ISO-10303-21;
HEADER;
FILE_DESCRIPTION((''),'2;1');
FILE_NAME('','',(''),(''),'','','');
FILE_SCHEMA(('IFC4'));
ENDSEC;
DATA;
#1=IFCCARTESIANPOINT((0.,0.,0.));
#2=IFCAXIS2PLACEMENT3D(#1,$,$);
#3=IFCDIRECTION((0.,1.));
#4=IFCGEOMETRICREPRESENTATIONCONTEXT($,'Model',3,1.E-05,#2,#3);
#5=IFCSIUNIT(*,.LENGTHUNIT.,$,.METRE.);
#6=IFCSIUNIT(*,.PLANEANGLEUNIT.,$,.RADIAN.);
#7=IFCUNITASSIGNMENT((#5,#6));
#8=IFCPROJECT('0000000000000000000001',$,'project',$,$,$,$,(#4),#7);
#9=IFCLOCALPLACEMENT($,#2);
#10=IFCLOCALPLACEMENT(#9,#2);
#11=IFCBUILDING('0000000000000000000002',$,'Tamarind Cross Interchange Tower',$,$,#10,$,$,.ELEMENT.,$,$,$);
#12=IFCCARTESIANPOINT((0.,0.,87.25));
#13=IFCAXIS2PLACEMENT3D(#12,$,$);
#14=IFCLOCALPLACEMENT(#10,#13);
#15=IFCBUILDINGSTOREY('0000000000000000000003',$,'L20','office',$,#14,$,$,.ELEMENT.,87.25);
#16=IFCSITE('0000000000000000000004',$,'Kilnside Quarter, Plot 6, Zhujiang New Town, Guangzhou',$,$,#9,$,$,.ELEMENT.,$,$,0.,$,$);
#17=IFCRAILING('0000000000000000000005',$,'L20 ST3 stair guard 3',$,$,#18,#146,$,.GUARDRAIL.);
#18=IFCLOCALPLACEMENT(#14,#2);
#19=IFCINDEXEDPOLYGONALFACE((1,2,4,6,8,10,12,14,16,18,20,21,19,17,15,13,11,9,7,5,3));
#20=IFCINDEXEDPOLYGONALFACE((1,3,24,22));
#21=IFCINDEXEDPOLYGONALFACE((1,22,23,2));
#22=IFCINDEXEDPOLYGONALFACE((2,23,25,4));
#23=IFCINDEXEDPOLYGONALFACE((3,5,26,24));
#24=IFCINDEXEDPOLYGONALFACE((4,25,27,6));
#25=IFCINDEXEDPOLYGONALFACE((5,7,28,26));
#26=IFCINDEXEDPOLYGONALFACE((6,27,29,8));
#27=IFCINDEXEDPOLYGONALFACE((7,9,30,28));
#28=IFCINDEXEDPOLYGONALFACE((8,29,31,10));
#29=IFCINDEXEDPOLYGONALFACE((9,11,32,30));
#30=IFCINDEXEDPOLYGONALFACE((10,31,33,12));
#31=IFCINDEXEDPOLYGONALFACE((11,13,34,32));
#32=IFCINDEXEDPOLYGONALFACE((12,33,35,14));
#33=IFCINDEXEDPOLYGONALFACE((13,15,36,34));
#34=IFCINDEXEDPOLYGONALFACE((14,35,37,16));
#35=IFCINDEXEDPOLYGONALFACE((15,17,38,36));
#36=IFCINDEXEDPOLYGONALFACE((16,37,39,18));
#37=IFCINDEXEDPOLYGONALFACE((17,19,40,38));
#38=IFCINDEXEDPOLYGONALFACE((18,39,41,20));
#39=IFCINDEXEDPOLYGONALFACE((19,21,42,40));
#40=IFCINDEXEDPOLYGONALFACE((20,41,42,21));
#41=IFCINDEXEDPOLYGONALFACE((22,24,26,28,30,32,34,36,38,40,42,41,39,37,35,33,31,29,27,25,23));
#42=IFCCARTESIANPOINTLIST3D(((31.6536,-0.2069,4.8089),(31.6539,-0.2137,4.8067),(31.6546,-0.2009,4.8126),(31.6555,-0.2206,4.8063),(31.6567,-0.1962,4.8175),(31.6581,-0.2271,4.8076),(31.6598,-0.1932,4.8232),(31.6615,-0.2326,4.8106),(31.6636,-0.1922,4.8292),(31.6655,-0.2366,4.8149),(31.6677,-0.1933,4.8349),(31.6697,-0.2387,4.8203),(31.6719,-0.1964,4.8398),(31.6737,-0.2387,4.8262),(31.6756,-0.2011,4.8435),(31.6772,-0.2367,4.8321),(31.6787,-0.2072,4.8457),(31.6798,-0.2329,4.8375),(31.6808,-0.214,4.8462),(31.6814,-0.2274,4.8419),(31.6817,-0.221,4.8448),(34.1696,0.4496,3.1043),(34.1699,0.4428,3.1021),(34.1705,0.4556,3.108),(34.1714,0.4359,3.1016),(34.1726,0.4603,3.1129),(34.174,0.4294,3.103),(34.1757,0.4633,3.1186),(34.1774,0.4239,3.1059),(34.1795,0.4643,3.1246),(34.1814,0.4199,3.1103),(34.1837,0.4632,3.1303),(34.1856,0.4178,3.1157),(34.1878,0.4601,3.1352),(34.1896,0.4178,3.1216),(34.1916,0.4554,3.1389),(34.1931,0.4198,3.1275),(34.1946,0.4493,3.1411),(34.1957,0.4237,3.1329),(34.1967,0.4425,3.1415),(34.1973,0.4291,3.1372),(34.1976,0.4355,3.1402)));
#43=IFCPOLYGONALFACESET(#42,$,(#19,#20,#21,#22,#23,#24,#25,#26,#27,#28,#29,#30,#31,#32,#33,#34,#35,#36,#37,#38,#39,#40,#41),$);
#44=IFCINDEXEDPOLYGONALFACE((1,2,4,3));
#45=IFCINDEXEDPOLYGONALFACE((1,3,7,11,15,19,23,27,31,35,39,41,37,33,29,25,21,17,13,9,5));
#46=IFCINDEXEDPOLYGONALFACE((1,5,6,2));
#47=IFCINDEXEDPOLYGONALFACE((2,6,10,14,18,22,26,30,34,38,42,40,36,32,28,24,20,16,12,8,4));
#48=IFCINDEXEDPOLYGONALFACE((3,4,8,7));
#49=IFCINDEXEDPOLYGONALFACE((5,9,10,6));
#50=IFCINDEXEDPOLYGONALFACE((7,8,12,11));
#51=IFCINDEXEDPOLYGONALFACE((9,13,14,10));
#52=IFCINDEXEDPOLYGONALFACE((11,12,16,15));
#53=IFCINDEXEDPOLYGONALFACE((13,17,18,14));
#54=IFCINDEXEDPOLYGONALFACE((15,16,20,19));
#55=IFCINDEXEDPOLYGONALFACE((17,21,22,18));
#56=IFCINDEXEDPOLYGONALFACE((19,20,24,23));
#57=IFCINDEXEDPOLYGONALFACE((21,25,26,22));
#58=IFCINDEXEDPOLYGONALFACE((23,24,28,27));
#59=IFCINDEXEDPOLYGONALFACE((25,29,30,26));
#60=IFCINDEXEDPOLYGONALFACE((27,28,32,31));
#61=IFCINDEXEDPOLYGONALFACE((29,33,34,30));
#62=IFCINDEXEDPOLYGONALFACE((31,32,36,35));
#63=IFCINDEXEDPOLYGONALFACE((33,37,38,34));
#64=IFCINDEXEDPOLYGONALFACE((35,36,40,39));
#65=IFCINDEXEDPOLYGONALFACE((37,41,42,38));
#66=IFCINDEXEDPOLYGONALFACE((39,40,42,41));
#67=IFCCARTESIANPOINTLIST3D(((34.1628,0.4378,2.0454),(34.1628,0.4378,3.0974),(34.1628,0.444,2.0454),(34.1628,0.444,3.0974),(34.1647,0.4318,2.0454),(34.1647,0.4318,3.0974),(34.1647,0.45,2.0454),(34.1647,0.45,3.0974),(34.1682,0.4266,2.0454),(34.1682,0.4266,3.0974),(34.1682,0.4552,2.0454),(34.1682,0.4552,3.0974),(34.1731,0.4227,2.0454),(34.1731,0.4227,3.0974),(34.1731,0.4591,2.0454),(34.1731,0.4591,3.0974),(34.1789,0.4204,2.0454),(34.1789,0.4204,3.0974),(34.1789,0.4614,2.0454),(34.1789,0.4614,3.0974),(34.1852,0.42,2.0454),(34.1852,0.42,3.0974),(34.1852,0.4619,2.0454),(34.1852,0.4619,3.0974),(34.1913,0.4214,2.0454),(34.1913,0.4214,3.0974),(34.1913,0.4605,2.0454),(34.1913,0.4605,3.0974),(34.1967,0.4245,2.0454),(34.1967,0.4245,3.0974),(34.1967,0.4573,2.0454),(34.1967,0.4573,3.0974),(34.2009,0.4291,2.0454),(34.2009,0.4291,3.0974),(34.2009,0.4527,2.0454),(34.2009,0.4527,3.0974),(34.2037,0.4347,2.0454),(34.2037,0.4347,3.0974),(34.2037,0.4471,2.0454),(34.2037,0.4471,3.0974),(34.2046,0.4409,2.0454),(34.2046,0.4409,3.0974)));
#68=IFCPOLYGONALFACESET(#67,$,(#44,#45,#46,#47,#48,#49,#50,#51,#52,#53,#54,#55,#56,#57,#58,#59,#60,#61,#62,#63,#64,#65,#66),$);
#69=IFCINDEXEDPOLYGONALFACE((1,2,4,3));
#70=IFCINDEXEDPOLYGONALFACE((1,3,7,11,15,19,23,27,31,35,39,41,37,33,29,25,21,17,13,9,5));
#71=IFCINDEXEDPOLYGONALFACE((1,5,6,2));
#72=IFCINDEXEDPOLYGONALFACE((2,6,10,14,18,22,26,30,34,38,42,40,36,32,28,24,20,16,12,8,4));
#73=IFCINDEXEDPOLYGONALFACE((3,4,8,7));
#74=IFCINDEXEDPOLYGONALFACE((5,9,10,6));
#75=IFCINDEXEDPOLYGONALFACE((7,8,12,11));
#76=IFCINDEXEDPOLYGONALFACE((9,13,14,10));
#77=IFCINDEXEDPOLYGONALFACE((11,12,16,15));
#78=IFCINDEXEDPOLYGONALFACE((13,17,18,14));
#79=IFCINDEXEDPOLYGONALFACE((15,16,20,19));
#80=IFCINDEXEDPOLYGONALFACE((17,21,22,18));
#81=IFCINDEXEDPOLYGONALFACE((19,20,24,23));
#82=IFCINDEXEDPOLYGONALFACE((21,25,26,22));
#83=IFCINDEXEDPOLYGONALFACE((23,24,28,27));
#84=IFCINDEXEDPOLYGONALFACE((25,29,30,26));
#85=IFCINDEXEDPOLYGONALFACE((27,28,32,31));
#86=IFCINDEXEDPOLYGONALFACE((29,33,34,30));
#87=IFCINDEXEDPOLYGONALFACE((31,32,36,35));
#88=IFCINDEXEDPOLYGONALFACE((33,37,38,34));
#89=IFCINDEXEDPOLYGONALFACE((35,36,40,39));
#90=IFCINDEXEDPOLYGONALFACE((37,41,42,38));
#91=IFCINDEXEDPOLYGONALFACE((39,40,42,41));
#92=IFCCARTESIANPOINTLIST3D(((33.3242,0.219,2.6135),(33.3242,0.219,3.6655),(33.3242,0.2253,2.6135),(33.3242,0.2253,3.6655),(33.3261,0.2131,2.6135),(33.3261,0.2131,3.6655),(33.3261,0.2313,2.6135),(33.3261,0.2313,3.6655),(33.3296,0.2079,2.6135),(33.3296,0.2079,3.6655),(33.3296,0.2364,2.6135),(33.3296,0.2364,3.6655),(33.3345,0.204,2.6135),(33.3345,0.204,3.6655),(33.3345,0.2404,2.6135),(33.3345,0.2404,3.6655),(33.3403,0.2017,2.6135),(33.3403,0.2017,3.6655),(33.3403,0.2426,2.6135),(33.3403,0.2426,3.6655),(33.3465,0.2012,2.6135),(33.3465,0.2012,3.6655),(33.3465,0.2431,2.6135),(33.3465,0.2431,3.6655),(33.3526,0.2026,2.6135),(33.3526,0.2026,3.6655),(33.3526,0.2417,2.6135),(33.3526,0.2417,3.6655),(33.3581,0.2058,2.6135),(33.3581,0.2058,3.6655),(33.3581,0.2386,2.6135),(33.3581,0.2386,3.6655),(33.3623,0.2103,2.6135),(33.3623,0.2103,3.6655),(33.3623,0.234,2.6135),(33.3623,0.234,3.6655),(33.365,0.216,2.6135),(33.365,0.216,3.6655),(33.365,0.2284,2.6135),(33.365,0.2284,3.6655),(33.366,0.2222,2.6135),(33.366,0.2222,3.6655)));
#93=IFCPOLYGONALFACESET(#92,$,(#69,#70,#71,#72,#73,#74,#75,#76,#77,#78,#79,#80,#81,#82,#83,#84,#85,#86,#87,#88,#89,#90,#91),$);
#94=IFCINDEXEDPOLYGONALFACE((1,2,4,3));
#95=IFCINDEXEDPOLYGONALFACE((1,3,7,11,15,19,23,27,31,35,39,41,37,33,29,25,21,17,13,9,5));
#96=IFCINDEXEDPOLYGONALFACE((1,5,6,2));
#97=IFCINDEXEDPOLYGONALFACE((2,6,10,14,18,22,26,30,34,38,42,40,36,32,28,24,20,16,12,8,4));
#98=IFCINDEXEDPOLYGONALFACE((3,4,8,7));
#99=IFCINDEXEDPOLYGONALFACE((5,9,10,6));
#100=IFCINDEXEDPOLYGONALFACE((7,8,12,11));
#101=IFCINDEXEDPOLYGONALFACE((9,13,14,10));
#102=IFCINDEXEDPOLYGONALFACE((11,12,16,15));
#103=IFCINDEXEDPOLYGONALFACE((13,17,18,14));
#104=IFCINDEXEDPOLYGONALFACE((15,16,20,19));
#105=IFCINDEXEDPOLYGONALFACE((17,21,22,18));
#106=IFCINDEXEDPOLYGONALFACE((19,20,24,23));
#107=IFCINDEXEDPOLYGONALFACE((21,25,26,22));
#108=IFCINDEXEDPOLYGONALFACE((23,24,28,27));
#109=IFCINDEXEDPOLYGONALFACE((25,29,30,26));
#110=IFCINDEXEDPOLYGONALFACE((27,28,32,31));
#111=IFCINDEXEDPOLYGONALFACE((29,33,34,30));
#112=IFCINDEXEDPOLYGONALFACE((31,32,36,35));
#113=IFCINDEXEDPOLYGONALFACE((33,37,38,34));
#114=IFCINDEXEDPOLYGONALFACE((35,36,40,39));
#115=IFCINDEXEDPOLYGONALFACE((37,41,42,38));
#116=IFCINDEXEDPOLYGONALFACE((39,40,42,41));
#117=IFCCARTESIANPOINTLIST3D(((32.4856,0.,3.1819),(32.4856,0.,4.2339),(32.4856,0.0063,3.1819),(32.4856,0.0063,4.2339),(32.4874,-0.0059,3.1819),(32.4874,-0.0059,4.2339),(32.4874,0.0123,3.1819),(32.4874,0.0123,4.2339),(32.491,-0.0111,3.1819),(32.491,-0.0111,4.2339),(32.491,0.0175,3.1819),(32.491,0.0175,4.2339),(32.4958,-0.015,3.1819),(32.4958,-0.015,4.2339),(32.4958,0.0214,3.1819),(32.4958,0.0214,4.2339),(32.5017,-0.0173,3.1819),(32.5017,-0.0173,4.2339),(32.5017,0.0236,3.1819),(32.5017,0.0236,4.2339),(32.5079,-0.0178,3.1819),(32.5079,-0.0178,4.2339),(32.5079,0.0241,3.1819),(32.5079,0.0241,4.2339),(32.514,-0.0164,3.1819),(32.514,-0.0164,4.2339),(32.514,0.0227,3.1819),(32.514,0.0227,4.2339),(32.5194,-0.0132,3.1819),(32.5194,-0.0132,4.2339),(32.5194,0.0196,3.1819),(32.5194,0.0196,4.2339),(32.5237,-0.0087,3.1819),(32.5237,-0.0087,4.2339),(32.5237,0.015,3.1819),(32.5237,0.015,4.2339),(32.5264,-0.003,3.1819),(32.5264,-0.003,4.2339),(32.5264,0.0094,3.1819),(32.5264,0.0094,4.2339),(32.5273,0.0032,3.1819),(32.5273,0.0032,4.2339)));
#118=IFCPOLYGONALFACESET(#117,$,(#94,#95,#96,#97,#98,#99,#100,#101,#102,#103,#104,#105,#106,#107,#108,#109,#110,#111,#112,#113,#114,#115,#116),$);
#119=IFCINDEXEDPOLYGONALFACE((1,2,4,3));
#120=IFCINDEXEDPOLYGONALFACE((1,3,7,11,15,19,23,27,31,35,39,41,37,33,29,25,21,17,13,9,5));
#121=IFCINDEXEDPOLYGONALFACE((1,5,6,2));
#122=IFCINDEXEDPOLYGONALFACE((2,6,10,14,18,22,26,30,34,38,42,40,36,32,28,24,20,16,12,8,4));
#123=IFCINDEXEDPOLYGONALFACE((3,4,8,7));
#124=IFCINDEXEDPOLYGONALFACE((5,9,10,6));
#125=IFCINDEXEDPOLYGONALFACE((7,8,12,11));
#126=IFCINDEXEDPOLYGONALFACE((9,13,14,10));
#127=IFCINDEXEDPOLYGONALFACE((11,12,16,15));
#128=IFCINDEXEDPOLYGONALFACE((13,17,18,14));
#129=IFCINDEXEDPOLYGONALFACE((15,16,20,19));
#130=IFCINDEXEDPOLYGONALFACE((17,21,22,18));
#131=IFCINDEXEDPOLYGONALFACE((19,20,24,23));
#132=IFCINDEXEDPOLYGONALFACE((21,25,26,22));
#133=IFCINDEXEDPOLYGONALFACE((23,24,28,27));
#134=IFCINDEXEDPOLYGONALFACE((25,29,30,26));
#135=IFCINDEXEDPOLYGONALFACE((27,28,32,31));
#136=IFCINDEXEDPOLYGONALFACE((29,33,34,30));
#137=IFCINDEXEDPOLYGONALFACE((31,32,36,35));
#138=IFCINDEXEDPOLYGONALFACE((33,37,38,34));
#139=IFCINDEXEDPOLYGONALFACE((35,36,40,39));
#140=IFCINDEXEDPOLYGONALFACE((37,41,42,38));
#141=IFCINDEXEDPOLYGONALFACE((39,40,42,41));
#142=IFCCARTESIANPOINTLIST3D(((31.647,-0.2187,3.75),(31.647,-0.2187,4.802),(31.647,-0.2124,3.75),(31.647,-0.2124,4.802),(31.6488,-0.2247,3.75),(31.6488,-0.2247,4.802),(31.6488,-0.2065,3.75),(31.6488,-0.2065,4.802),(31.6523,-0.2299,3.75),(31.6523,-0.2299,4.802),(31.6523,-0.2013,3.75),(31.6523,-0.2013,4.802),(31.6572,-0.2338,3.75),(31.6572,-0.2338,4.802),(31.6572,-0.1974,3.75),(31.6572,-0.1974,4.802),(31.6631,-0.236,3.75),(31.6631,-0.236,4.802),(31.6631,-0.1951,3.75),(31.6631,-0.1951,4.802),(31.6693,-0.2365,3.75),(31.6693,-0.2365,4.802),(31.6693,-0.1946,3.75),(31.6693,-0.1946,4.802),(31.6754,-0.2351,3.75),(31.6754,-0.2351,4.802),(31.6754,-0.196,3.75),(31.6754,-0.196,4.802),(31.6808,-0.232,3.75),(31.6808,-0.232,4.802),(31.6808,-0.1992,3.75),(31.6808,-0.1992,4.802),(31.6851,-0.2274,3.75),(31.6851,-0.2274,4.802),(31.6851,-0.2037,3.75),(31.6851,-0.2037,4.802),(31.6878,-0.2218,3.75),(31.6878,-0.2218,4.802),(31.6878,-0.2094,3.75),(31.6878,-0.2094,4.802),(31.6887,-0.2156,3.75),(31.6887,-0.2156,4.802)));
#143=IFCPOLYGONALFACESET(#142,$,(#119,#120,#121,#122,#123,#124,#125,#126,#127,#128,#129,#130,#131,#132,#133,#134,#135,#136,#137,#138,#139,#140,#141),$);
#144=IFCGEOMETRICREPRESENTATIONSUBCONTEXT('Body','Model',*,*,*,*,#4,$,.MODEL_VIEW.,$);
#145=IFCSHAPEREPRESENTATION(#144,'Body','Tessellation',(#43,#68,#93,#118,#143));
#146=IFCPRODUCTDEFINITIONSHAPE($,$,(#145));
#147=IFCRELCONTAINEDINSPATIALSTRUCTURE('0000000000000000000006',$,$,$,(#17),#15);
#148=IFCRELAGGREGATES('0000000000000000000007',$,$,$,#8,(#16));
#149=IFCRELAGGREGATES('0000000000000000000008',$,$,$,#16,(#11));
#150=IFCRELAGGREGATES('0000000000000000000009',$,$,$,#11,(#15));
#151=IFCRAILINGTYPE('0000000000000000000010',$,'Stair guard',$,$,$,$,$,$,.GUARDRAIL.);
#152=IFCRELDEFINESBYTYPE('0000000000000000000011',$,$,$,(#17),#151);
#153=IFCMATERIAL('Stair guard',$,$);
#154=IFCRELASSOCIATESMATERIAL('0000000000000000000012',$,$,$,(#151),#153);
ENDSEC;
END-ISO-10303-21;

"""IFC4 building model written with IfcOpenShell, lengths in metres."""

from ifc_helpers import new_model, si_unit, direction, frame, origin, origin_2d, place, context, subcontext, project, spatial, circle, extrude, material, type_object, element, save


model = new_model("IFC4")

# Units and contexts
model_context = context("Model", 3, precision=1e-05, world=origin(), true_north=direction((0.0, 1.0)))
body_context = subcontext(model_context, "Body", "Model", "MODEL_VIEW")
ifc_project = project(units=[si_unit("LENGTHUNIT", "METRE"), si_unit("PLANEANGLEUNIT", "RADIAN")], contexts=[model_context])

# Site, building, storey
site_placement = place(None, origin())
site = spatial("IfcSite", under=ifc_project, at=site_placement, Name="Kilnside Quarter, Plot 6, Zhujiang New Town, Guangzhou", CompositionType="ELEMENT", RefElevation=0.0)
building_placement = place(site_placement, origin())
building = spatial("IfcBuilding", under=site, at=building_placement, Name="Tamarind Cross Interchange Tower", CompositionType="ELEMENT")
storey_placement = place(building_placement, frame((0.0, 0.0, 87.25)))
storey = spatial("IfcBuildingStorey", under=building, at=storey_placement, Name="L20", Description="office", CompositionType="ELEMENT", Elevation=87.25)

# Railing
ifc_material_1 = material(Name="Stair guard")
railing_type_1 = type_object("IfcRailingType", Name="Stair guard", PredefinedType="GUARDRAIL", material=ifc_material_1)
railing_1_placement = place(storey_placement, frame((34.1836, 0.4409, 2.0454)))
element("IfcRailing", 1, at=railing_1_placement, inside=storey, type_object=railing_type_1, Name="L20 ST3 stair guard 3", PredefinedType="GUARDRAIL", context=body_context, shape_type="SweptSolid", body=[
    extrude(circle(Radius=0.0239, at=origin_2d()), frame((0.0, 0.0, 1.0762), z_axis=(-0.809208, -0.211156, 0.548267), x_axis=(0.252487, -0.9676, 0.0)), (0.0, 0.0, 1.0), 3.1091),
    extrude(circle(Radius=0.021, at=origin_2d()), origin(), (0.0, 0.0, 1.0), 1.052),
    extrude(circle(Radius=0.021, at=origin_2d()), frame((-0.8386, -0.2188, 0.5681)), (0.0, 0.0, 1.0), 1.052),
    extrude(circle(Radius=0.021, at=origin_2d()), frame((-1.6772, -0.4377, 1.1365)), (0.0, 0.0, 1.0), 1.052),
    extrude(circle(Radius=0.021, at=origin_2d()), frame((-2.5159, -0.6565, 1.7046)), (0.0, 0.0, 1.0), 1.052),
])

save(model, "model.ifc")
